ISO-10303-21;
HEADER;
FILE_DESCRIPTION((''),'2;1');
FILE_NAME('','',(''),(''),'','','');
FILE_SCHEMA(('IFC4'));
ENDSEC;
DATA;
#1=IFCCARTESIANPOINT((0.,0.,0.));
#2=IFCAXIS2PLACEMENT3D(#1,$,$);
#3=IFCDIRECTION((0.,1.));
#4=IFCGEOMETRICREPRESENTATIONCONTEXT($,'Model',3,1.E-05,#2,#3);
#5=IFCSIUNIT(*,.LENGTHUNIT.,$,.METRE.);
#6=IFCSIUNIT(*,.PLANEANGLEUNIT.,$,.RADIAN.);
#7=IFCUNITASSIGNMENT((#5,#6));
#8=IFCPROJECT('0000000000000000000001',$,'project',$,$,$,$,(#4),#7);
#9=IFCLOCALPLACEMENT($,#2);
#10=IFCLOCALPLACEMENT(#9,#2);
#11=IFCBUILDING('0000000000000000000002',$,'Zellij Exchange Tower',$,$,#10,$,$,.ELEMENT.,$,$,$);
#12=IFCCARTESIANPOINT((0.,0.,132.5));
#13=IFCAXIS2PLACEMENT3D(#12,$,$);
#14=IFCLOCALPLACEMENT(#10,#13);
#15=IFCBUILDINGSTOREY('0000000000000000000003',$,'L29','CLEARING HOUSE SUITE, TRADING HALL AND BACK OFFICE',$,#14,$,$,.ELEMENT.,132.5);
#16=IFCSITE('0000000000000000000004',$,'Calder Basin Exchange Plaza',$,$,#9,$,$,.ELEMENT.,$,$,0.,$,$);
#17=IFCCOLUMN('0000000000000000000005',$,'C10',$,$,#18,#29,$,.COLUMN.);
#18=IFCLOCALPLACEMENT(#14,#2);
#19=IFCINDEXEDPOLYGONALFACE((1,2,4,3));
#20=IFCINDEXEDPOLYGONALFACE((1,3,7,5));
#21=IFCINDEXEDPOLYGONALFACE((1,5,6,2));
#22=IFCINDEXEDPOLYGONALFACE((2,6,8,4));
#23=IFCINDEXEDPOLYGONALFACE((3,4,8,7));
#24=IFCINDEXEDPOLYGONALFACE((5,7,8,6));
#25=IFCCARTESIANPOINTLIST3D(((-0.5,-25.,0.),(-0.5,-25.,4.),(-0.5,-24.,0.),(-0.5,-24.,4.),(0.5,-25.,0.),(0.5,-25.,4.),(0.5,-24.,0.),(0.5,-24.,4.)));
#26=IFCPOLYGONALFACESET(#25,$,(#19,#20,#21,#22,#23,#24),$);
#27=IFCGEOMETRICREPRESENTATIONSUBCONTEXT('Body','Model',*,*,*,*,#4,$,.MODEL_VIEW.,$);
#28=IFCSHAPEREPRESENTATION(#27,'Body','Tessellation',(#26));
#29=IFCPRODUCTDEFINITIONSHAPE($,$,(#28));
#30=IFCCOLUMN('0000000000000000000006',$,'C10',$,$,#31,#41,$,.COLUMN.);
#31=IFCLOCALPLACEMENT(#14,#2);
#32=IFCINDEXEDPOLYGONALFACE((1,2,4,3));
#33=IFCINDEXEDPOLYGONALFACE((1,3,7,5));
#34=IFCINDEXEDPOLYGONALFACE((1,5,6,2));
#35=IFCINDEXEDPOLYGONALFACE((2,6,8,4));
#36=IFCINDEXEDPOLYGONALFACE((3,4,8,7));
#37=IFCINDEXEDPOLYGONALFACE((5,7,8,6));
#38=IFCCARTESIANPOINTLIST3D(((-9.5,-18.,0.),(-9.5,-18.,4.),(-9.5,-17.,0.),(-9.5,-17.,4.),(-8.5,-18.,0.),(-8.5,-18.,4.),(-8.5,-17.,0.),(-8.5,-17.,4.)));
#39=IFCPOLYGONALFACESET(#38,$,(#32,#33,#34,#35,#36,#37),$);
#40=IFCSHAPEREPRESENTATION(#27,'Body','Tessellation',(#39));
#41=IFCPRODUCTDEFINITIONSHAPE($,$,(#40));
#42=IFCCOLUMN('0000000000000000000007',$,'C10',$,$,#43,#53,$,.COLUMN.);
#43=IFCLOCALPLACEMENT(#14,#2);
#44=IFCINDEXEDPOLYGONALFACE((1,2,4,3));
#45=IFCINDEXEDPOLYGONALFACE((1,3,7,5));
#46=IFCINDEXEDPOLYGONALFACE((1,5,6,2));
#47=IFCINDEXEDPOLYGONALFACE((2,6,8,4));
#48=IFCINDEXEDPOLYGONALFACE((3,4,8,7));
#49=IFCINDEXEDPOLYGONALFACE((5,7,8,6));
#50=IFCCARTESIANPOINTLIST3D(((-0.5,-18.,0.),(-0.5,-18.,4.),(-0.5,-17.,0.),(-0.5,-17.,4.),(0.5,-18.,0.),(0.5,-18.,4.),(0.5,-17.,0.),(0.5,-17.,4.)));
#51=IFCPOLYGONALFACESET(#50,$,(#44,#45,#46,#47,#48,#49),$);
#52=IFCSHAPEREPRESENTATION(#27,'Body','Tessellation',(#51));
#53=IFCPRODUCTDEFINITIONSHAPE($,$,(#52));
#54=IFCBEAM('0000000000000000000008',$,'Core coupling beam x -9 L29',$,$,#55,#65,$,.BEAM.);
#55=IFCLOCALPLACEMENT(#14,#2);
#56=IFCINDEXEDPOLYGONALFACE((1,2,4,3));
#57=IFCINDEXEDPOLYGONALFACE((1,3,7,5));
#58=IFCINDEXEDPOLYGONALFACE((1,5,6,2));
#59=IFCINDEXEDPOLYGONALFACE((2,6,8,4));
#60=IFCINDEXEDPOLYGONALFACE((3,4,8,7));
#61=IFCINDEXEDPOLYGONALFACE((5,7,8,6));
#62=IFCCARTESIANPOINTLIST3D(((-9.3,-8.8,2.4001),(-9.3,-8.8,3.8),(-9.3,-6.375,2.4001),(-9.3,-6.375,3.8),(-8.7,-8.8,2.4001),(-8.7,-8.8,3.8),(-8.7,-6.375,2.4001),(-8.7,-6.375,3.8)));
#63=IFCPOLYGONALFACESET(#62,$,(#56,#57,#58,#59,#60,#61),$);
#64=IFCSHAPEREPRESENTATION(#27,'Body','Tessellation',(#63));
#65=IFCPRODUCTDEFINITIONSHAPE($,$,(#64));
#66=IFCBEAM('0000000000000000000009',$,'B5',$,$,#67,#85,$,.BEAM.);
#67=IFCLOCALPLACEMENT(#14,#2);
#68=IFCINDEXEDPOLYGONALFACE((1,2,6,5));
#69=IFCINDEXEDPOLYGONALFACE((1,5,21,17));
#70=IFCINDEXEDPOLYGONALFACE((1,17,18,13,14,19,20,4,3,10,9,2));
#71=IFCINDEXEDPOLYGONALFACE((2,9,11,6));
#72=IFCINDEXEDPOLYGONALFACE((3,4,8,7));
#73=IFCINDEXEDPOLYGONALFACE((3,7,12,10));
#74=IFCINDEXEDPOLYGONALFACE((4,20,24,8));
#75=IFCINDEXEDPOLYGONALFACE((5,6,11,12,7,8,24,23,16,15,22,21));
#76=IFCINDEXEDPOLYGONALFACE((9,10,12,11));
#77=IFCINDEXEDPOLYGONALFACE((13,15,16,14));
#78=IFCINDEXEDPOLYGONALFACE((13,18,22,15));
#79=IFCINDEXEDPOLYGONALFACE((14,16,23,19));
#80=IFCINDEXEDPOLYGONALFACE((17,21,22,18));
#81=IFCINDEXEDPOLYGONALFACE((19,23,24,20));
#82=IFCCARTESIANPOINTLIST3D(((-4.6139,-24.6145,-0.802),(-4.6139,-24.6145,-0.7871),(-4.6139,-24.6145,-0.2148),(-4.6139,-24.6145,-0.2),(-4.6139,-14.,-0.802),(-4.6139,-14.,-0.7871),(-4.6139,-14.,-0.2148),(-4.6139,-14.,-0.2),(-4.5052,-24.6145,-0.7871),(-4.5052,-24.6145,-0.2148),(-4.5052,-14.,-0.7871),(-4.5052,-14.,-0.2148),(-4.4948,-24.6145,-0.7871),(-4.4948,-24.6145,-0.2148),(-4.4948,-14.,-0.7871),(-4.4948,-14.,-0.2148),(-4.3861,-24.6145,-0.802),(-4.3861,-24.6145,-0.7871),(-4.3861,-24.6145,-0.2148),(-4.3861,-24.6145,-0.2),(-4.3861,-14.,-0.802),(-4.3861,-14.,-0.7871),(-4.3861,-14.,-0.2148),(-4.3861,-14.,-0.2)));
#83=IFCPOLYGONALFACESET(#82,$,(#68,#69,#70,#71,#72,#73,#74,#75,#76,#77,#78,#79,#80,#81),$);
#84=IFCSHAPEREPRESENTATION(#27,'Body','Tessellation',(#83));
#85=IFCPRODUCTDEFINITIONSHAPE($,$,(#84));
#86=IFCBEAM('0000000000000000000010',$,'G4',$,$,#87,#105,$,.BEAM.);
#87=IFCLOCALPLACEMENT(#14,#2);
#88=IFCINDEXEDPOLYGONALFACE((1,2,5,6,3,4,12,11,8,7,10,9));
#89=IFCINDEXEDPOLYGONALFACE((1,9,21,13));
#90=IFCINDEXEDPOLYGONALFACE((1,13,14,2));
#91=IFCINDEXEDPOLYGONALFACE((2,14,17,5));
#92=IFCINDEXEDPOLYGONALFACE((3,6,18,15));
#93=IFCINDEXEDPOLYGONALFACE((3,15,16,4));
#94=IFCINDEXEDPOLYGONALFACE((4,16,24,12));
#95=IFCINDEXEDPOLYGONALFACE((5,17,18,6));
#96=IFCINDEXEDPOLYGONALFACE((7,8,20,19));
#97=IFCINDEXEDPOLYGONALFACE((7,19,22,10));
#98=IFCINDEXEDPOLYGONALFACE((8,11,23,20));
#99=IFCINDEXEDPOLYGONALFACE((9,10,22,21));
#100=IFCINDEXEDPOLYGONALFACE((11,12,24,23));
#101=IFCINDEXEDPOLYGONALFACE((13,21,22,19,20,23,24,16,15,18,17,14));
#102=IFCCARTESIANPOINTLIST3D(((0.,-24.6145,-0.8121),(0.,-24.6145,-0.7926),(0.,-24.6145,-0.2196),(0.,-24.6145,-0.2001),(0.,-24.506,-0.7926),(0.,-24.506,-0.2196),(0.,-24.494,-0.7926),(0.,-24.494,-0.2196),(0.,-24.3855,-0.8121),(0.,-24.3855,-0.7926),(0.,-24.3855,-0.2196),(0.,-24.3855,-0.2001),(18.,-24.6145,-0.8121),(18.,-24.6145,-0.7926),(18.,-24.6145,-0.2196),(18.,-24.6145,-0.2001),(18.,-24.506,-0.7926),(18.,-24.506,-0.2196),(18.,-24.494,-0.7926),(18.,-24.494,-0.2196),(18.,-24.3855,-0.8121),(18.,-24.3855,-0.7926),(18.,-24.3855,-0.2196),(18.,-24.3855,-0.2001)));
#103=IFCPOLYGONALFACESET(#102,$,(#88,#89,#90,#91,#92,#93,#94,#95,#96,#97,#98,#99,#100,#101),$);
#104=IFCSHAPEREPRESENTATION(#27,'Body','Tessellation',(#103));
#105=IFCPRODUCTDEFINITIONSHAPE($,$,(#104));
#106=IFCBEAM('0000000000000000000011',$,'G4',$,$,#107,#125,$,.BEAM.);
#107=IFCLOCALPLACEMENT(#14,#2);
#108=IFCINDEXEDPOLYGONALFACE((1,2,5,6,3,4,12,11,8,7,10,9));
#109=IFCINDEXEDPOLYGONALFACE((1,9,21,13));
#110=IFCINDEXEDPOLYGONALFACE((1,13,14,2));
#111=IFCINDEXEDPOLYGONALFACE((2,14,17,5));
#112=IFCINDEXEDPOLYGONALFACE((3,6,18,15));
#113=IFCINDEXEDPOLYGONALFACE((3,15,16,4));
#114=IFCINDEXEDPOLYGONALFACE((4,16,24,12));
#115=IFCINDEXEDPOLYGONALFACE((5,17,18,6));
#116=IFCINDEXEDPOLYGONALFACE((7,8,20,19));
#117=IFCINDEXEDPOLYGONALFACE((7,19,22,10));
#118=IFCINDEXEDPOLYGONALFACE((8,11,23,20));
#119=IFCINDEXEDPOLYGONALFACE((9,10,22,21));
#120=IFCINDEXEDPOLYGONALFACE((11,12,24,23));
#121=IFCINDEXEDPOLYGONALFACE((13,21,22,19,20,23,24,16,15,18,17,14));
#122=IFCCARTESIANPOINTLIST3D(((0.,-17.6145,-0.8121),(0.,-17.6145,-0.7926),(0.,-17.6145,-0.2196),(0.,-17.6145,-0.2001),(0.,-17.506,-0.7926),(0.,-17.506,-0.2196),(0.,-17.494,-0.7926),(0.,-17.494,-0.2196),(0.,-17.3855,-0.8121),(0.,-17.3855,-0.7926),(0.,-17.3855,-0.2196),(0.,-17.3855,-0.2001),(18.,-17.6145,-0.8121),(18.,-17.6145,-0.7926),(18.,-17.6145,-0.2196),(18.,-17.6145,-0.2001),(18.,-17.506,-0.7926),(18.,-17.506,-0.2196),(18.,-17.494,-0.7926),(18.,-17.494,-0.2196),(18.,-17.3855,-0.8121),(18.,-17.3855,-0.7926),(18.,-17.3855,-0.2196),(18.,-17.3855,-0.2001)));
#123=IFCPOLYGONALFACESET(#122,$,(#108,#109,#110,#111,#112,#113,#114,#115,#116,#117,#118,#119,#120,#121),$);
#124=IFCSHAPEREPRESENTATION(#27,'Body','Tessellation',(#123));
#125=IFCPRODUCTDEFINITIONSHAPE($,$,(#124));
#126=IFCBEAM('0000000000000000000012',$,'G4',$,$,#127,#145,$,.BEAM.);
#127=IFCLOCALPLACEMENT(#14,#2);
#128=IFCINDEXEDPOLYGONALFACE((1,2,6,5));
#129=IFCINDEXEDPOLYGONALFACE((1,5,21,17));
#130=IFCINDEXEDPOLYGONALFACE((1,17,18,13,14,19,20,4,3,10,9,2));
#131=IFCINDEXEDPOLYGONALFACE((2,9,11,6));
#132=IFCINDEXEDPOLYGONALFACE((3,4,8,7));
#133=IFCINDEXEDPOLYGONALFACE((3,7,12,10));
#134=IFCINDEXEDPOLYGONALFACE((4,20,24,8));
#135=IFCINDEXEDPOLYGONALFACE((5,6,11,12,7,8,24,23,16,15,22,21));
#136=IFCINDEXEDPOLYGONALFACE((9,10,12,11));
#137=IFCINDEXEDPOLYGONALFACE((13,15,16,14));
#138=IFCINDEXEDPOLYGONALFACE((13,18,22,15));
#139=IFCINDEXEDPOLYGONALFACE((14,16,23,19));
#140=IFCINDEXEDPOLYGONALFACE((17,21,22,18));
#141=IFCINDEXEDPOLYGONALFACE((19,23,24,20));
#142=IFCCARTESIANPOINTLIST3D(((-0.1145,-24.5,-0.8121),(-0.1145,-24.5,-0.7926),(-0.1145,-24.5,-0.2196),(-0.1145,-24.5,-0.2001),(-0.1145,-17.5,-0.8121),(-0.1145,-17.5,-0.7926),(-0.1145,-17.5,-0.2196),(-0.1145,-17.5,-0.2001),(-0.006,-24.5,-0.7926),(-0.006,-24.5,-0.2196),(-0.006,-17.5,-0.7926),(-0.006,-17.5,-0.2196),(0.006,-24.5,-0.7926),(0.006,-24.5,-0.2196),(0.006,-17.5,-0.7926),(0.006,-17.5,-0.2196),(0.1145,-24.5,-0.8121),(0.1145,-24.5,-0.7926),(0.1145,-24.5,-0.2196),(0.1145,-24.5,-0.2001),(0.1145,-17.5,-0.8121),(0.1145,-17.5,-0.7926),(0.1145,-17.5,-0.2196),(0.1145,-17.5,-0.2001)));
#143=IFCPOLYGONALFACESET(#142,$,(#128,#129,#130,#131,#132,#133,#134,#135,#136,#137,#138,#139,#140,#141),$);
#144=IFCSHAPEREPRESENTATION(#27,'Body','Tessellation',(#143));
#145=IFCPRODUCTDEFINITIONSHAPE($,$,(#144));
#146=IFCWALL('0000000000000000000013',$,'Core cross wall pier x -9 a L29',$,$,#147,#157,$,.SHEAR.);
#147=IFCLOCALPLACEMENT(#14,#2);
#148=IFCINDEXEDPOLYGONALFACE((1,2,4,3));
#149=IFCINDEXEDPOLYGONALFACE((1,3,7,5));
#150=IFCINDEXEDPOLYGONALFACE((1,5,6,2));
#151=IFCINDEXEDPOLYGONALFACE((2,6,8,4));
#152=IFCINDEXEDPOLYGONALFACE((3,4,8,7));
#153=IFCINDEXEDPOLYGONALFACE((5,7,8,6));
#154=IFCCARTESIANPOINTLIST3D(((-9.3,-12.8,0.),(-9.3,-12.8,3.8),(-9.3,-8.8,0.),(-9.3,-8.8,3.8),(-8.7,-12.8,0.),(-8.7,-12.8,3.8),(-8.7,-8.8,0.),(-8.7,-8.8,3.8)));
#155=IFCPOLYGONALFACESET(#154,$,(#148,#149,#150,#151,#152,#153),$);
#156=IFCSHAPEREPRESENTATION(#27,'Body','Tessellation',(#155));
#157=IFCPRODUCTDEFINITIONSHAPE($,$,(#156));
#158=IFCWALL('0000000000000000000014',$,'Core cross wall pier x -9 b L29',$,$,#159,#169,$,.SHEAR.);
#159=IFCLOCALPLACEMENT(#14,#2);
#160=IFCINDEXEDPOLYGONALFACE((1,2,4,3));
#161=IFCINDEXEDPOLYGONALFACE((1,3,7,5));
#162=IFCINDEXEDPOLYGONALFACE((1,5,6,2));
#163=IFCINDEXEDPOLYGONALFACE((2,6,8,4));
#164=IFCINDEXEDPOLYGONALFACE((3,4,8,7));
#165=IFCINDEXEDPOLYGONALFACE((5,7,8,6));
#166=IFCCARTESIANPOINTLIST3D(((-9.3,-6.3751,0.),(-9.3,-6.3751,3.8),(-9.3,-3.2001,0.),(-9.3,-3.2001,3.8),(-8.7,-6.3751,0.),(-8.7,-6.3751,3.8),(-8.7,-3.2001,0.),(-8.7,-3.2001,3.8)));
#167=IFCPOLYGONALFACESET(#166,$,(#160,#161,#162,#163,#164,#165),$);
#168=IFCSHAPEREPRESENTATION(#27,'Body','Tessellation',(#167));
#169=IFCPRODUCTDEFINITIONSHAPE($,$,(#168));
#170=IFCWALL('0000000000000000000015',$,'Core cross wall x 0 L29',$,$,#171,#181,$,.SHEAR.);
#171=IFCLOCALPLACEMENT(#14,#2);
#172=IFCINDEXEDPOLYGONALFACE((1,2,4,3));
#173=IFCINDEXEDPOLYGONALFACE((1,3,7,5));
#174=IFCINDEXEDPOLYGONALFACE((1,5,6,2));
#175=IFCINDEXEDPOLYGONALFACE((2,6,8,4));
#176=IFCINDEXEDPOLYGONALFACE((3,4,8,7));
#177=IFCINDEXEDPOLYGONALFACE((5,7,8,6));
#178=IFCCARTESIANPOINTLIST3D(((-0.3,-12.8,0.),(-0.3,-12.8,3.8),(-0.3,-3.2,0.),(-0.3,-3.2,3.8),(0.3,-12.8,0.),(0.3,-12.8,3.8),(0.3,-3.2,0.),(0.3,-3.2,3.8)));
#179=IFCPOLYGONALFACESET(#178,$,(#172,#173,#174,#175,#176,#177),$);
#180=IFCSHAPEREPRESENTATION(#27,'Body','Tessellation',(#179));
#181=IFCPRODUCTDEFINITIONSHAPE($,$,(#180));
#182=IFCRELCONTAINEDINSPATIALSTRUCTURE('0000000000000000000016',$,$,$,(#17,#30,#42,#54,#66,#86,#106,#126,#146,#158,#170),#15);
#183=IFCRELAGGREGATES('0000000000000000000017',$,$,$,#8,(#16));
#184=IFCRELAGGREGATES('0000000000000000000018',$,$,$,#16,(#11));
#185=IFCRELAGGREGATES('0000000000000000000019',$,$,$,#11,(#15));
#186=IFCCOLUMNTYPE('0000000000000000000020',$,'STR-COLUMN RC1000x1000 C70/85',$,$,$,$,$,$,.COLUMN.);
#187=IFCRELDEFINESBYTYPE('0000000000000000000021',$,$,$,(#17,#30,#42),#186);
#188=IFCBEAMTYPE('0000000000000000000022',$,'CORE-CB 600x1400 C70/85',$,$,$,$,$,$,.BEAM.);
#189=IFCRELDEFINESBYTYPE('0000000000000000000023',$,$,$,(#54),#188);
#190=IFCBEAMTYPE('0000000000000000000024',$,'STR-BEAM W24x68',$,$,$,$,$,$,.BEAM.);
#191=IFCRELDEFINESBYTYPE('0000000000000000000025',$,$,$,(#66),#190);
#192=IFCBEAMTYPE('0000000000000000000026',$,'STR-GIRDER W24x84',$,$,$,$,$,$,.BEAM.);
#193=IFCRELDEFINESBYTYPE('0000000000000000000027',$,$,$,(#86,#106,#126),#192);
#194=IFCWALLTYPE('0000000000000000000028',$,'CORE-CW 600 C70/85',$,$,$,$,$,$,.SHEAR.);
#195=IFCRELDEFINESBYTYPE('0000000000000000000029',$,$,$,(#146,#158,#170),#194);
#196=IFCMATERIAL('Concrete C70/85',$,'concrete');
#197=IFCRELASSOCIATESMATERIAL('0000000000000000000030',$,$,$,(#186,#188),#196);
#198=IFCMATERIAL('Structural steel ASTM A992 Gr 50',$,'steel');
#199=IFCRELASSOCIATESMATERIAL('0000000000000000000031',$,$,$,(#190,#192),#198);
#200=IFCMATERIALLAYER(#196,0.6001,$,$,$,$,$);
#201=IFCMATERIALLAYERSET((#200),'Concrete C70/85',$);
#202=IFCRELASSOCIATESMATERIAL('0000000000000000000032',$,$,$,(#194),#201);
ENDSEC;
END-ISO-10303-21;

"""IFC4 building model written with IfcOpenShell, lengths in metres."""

from ifc_helpers import new_model, si_unit, direction, frame, frame_2d, origin, origin_2d, place, context, subcontext, project, spatial, rectangle, i_section, extrude, material, layer, layer_set, material_profile, profile_set, type_object, element, save


model = new_model("IFC4")

# Units and contexts
model_context = context("Model", 3, precision=1e-05, world=origin(), true_north=direction((0.0, 1.0)))
body_context = subcontext(model_context, "Body", "Model", "MODEL_VIEW")
ifc_project = project(units=[si_unit("LENGTHUNIT", "METRE"), si_unit("PLANEANGLEUNIT", "RADIAN")], contexts=[model_context])

# Site, building, storey
site_placement = place(None, origin())
site = spatial("IfcSite", under=ifc_project, at=site_placement, Name="Calder Basin Exchange Plaza", CompositionType="ELEMENT", RefElevation=0.0)
building_placement = place(site_placement, origin())
building = spatial("IfcBuilding", under=site, at=building_placement, Name="Zellij Exchange Tower", CompositionType="ELEMENT")
storey_placement = place(building_placement, frame((0.0, 0.0, 132.5)))
storey = spatial("IfcBuildingStorey", under=building, at=storey_placement, Name="L29", Description="CLEARING HOUSE SUITE, TRADING HALL AND BACK OFFICE", CompositionType="ELEMENT", Elevation=132.5)

# Columns
ifc_material_1 = material(Name="Concrete C70/85", Category="concrete")
ifc_material_profile_1 = material_profile(ifc_material_1, rectangle(XDim=1.0, YDim=1.0, at=origin_2d()), Name="STR-COLUMN RC1000x1000 C70/85")
ifc_profile_set_1 = profile_set([ifc_material_profile_1], Name="Concrete C70/85")
column_type = type_object("IfcColumnType", Name="STR-COLUMN RC1000x1000 C70/85", PredefinedType="COLUMN", material=ifc_profile_set_1)
for number, where, z_axis, x_axis, name in (
    (1, (0.0, -24.5, 0.0), (0.0, 0.0, 1.0), (1.0, 0.0, 0.0), "C10"),
    (2, (-9.0, -17.5, 0.0), (0.0, 0.0, 1.0), (1.0, 0.0, 0.0), "C10"),
    (3, (0.0, -17.5, 0.0), (0.0, 0.0, 1.0), (1.0, 0.0, 0.0), "C10"),
):
    element("IfcColumn", number, at=place(storey_placement, frame(where, z_axis=z_axis, x_axis=x_axis)), inside=storey, type_object=column_type, Name=name, PredefinedType="COLUMN", context=body_context, shape_type="SweptSolid", body=[
        extrude(rectangle(XDim=1.0, YDim=1.0, at=origin_2d()), origin(), (0.0, 0.0, 1.0), 4.0),
    ])

# Beams
ifc_material_profile_2 = material_profile(ifc_material_1, rectangle(XDim=0.6001, YDim=1.3999, at=origin_2d()), Name="CORE-CB 600x1400 C70/85")
ifc_profile_set_2 = profile_set([ifc_material_profile_2], Name="Concrete C70/85")
beam_type_1 = type_object("IfcBeamType", Name="CORE-CB 600x1400 C70/85", PredefinedType="BEAM", material=ifc_profile_set_2)
beam_1_placement = place(storey_placement, frame((-9.0, -8.8, 3.1001), z_axis=(0.0, 1.0, 0.0), x_axis=(-1.0, 0.0, 0.0)))
element("IfcBeam", 4, at=beam_1_placement, inside=storey, type_object=beam_type_1, Name="Core coupling beam x -9 L29", PredefinedType="BEAM", context=body_context, shape_type="SweptSolid", body=[
    extrude(rectangle(XDim=0.6001, YDim=1.3999, at=origin_2d()), origin(), (0.0, 0.0, 1.0), 2.425),
])
ifc_material_2 = material(Name="Structural steel ASTM A992 Gr 50", Category="steel")
ifc_material_profile_3 = material_profile(ifc_material_2, i_section(OverallWidth=0.2278, OverallDepth=0.6021, WebThickness=0.0105, FlangeThickness=0.0149, at=origin_2d()), Name="W24x68")
ifc_profile_set_3 = profile_set([ifc_material_profile_3], Name="Structural steel ASTM A992 Gr 50")
beam_type_2 = type_object("IfcBeamType", Name="STR-BEAM W24x68", PredefinedType="BEAM", material=ifc_profile_set_3)
beam_2_placement = place(storey_placement, frame((-4.5, -24.6145, -0.501), z_axis=(0.0, 1.0, 0.0), x_axis=(-1.0, 0.0, 0.0)))
element("IfcBeam", 5, at=beam_2_placement, inside=storey, type_object=beam_type_2, Name="B5", PredefinedType="BEAM", context=body_context, shape_type="SweptSolid", body=[
    extrude(i_section(OverallWidth=0.2278, OverallDepth=0.6021, WebThickness=0.0105, FlangeThickness=0.0149, at=origin_2d()), origin(), (0.0, 0.0, 1.0), 10.6145),
])
ifc_material_profile_4 = material_profile(ifc_material_2, i_section(OverallWidth=0.229, OverallDepth=0.6121, WebThickness=0.012, FlangeThickness=0.0195, at=origin_2d()), Name="W24x84")
ifc_profile_set_4 = profile_set([ifc_material_profile_4], Name="Structural steel ASTM A992 Gr 50")
beam_type_3 = type_object("IfcBeamType", Name="STR-GIRDER W24x84", PredefinedType="BEAM", material=ifc_profile_set_4)
for number, where, z_axis, x_axis, name in (
    (6, (0.0, -24.5, -0.5061), (1.0, 0.0, 0.0), (0.0, 1.0, 0.0), "G4"),
    (7, (0.0, -17.5, -0.5061), (1.0, 0.0, 0.0), (0.0, 1.0, 0.0), "G4"),
):
    element("IfcBeam", number, at=place(storey_placement, frame(where, z_axis=z_axis, x_axis=x_axis)), inside=storey, type_object=beam_type_3, Name=name, PredefinedType="BEAM", context=body_context, shape_type="SweptSolid", body=[
        extrude(i_section(OverallWidth=0.229, OverallDepth=0.6121, WebThickness=0.012, FlangeThickness=0.0195, at=origin_2d()), origin(), (0.0, 0.0, 1.0), 18.0),
    ])
beam_3_placement = place(storey_placement, frame((0.0, -24.5, -0.5061), z_axis=(0.0, 1.0, 0.0), x_axis=(-1.0, 0.0, 0.0)))
element("IfcBeam", 8, at=beam_3_placement, inside=storey, type_object=beam_type_3, Name="G4", PredefinedType="BEAM", context=body_context, shape_type="SweptSolid", body=[
    extrude(i_section(OverallWidth=0.229, OverallDepth=0.6121, WebThickness=0.012, FlangeThickness=0.0195, at=origin_2d()), origin(), (0.0, 0.0, 1.0), 7.0),
])

# Walls
ifc_layer_1 = layer(ifc_material_1, 0.6001)
ifc_layer_set_1 = layer_set([ifc_layer_1], Name="Concrete C70/85")
wall_type_1 = type_object("IfcWallType", Name="CORE-CW 600 C70/85", PredefinedType="SHEAR", material=ifc_layer_set_1)
wall_1_placement = place(storey_placement, frame((-9.0, -12.8, 0.0), z_axis=(0.0, 0.0, 1.0), x_axis=(0.0, 1.0, 0.0)))
element("IfcWall", 9, at=wall_1_placement, inside=storey, type_object=wall_type_1, Name="Core cross wall pier x -9 a L29", PredefinedType="SHEAR", context=body_context, shape_type="SweptSolid", body=[
    extrude(rectangle(XDim=4.0, YDim=0.6001, at=frame_2d((2.0, 0.0))), origin(), (0.0, 0.0, 1.0), 3.8),
])
wall_2_placement = place(storey_placement, frame((-9.0, -6.375, 0.0), z_axis=(0.0, 0.0, 1.0), x_axis=(0.0, 1.0, 0.0)))
element("IfcWall", 10, at=wall_2_placement, inside=storey, type_object=wall_type_1, Name="Core cross wall pier x -9 b L29", PredefinedType="SHEAR", context=body_context, shape_type="SweptSolid", body=[
    extrude(rectangle(XDim=3.175, YDim=0.6001, at=frame_2d((1.5874, 0.0))), origin(), (0.0, 0.0, 1.0), 3.8),
])
wall_3_placement = place(storey_placement, frame((0.0, -12.8, 0.0), z_axis=(0.0, 0.0, 1.0), x_axis=(0.0, 1.0, 0.0)))
element("IfcWall", 11, at=wall_3_placement, inside=storey, type_object=wall_type_1, Name="Core cross wall x 0 L29", PredefinedType="SHEAR", context=body_context, shape_type="SweptSolid", body=[
    extrude(rectangle(XDim=9.6001, YDim=0.6001, at=frame_2d((4.8, 0.0))), origin(), (0.0, 0.0, 1.0), 3.8),
])

save(model, "model.ifc")
